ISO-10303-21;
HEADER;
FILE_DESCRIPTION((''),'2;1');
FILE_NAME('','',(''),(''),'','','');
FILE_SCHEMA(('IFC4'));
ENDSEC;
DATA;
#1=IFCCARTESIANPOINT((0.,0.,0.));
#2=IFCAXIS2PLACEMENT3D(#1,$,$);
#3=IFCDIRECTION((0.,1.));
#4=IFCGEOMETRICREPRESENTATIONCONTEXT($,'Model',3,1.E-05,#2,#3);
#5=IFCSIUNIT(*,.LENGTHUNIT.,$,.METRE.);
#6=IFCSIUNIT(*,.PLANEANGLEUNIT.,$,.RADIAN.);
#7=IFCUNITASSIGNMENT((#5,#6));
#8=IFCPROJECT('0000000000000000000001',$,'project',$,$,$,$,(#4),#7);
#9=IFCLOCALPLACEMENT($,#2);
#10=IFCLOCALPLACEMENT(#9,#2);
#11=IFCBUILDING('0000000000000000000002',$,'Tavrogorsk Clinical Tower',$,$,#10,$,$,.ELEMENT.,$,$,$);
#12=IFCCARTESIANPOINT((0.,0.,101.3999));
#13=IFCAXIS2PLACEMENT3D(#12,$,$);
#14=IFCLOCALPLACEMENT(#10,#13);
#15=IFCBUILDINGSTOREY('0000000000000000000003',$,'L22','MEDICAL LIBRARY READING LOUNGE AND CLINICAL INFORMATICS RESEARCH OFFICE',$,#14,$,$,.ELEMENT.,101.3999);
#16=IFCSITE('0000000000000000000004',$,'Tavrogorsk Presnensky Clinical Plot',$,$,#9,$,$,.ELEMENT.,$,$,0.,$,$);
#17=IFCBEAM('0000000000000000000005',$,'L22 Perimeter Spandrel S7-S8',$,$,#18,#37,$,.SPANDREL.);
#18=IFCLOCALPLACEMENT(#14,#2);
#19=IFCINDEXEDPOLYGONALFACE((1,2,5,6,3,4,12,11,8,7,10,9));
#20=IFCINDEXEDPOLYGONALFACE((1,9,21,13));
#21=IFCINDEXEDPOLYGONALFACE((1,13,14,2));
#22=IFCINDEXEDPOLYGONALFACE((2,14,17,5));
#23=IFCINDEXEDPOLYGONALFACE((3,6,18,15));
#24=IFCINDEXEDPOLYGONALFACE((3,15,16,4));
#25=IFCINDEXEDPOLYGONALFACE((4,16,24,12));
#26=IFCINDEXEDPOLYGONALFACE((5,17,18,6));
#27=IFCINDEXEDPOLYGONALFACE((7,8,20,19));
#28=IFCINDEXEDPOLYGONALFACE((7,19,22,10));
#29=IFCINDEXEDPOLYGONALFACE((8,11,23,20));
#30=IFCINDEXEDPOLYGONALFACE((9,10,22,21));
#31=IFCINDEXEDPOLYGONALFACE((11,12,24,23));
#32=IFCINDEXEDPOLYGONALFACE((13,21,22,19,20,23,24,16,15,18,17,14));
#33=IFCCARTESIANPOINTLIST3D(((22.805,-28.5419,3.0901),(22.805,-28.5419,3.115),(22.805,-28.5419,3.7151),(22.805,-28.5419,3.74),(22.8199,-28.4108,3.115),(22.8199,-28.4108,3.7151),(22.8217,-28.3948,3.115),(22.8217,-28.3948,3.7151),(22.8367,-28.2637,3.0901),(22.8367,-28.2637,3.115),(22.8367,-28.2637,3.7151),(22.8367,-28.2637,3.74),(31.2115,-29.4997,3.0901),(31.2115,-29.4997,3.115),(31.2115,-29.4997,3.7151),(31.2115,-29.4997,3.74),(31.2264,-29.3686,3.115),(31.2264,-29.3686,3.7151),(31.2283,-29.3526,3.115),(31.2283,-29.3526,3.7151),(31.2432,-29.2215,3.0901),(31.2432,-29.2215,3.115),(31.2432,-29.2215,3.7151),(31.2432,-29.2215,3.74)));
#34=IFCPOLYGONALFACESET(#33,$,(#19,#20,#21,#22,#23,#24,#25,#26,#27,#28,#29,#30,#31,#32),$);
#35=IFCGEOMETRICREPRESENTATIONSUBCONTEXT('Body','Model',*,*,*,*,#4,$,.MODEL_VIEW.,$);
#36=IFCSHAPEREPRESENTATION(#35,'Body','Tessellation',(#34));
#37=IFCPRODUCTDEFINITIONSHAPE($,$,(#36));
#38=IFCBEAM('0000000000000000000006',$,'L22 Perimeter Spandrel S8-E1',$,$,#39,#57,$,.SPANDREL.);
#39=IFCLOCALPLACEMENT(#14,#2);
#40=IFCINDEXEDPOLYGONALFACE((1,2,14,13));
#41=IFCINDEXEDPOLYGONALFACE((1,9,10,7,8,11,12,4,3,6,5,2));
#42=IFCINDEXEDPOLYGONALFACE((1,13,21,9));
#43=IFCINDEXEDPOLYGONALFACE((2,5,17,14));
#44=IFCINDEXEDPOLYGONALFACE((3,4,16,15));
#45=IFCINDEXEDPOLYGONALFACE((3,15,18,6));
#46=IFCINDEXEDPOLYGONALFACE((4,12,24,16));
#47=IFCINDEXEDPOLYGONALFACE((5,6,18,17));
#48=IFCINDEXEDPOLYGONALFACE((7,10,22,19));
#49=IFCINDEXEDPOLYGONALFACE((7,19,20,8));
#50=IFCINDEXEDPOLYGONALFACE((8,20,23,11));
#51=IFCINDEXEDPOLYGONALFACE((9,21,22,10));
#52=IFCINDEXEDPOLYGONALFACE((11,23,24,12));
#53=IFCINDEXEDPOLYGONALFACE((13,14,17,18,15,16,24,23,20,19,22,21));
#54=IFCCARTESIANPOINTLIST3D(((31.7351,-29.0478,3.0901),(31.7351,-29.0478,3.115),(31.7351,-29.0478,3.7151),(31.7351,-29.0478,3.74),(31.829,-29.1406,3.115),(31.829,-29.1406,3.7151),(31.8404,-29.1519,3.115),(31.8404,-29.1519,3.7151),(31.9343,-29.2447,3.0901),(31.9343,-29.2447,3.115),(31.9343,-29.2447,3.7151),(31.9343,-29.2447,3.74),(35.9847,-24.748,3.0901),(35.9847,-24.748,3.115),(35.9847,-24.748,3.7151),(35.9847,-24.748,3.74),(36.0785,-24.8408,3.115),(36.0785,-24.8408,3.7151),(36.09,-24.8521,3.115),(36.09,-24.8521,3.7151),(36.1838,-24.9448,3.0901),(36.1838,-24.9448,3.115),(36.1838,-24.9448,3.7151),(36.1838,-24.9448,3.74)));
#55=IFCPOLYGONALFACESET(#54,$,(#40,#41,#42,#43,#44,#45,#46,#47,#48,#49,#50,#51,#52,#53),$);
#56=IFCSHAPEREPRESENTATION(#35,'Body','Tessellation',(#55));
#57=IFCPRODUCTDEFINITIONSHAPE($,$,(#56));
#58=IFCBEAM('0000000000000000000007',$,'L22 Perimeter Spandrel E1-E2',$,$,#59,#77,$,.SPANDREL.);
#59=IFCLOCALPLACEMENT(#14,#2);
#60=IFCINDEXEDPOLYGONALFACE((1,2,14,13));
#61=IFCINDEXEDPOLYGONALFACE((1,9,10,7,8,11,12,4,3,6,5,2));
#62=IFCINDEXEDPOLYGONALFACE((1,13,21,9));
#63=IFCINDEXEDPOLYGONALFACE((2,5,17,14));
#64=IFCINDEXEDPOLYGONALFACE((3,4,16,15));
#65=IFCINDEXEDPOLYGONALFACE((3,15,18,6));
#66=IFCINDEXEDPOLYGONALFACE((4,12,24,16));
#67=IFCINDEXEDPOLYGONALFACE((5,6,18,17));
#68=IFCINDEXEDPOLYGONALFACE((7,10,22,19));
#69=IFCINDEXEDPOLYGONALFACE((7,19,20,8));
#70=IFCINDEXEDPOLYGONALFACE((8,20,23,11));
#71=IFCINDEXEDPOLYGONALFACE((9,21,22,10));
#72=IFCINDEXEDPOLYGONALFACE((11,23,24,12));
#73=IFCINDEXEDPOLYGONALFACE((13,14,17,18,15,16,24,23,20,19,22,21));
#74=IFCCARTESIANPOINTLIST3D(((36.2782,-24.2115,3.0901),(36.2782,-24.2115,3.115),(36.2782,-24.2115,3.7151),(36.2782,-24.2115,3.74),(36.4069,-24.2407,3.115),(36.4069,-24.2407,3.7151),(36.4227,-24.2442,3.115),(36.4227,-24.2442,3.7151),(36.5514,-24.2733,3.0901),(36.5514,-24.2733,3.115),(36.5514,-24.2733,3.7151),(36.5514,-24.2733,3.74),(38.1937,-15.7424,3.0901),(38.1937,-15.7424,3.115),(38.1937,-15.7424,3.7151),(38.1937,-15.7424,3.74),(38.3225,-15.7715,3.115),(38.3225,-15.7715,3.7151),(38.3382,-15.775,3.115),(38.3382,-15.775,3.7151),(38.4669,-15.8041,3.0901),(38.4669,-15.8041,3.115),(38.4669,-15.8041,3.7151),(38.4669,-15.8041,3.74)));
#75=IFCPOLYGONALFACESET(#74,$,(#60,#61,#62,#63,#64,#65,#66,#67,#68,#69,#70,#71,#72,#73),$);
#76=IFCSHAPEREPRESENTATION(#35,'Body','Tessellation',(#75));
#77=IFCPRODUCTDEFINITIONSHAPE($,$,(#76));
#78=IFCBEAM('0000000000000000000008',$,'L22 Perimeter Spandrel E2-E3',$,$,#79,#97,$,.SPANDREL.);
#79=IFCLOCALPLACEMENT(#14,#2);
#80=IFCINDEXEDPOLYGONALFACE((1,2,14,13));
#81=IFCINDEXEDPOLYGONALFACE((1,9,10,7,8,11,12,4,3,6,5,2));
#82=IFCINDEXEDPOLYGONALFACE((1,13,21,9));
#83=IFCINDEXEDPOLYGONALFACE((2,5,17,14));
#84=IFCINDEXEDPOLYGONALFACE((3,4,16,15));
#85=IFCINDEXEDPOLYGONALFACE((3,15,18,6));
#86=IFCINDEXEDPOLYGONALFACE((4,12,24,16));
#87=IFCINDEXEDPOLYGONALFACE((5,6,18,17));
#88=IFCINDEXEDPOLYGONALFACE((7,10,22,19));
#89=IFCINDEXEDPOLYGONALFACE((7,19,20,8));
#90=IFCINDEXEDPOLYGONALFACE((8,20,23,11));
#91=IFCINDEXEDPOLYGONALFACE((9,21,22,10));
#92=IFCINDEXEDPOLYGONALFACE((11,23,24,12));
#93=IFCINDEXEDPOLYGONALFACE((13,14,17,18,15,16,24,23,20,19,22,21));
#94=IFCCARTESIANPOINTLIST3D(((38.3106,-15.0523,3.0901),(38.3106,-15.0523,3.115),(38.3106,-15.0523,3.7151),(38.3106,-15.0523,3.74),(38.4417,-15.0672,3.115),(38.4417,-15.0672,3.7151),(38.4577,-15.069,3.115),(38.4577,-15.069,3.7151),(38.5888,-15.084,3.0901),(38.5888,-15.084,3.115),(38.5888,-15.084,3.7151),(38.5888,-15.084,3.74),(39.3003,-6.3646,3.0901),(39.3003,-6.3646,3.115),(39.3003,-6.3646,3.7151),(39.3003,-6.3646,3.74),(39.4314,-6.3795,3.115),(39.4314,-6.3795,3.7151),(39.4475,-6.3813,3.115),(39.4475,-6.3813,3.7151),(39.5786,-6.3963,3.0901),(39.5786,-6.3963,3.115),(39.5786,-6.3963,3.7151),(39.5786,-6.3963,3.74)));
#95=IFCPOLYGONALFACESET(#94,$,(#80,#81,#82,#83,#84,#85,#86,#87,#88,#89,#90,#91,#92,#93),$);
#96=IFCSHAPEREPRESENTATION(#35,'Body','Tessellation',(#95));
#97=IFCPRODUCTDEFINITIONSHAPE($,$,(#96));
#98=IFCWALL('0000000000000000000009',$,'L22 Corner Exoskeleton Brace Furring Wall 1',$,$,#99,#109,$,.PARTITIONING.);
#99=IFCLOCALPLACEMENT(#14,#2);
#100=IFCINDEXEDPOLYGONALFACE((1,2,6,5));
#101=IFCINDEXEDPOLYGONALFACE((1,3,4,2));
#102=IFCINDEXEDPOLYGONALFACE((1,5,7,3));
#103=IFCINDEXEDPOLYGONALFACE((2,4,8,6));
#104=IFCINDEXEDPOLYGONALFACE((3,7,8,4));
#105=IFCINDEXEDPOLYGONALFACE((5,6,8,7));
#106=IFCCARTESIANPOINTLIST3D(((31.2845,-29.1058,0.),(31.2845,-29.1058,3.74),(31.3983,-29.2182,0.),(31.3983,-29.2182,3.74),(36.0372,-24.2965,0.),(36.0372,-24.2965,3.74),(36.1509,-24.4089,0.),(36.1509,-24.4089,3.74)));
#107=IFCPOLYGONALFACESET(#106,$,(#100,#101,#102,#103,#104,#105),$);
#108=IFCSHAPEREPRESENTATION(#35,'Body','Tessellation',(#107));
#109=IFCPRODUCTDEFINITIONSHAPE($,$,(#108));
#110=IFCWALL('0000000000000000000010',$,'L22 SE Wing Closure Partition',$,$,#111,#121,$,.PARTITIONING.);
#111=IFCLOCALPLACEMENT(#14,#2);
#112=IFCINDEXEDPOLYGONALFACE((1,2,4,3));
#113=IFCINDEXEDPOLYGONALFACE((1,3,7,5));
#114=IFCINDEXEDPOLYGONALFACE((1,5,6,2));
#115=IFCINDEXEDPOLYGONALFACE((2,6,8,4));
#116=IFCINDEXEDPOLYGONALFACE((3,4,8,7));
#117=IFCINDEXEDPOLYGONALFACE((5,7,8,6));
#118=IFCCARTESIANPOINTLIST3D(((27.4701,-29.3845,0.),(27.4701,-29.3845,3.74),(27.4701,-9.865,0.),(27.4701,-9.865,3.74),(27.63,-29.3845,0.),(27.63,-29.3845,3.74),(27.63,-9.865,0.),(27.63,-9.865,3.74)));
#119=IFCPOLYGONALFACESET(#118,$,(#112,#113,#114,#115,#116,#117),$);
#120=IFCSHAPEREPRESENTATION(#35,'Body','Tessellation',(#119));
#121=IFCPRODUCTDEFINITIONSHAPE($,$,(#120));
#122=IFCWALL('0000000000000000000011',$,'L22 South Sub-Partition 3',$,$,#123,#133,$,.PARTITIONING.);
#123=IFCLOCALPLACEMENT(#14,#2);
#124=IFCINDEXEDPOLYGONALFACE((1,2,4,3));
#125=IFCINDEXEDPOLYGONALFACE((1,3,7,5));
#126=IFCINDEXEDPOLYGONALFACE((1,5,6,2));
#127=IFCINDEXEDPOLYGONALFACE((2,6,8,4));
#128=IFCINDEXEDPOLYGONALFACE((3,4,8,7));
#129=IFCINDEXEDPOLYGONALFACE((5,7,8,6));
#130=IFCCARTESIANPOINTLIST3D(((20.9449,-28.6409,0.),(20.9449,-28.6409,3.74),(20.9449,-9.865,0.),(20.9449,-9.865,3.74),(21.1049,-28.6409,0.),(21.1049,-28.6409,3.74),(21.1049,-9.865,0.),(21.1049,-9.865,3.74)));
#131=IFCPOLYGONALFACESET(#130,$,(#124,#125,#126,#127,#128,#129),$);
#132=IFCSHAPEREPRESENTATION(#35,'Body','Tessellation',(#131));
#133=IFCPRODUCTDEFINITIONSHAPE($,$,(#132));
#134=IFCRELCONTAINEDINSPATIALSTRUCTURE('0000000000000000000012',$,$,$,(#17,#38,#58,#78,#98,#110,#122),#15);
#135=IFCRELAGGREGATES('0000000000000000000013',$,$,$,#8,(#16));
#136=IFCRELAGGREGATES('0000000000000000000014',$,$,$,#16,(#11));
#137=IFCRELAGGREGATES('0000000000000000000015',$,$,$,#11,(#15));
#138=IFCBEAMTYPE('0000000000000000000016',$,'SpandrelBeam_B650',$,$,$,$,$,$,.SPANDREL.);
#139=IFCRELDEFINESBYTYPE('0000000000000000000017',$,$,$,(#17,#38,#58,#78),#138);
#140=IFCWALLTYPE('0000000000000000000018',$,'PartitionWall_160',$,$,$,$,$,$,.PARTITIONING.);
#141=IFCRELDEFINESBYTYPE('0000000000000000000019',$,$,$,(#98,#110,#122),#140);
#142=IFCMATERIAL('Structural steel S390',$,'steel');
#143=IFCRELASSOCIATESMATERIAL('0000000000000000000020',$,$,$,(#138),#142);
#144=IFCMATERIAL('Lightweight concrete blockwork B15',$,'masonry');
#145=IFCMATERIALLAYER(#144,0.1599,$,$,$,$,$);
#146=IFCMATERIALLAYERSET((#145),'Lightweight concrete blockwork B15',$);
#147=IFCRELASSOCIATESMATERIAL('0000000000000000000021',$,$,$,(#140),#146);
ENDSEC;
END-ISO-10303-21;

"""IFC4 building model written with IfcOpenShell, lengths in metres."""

from ifc_helpers import new_model, si_unit, direction, frame, frame_2d, origin, origin_2d, place, context, subcontext, project, spatial, rectangle, i_section, extrude, material, layer, layer_set, material_profile, profile_set, type_object, element, save


model = new_model("IFC4")

# Units and contexts
model_context = context("Model", 3, precision=1e-05, world=origin(), true_north=direction((0.0, 1.0)))
body_context = subcontext(model_context, "Body", "Model", "MODEL_VIEW")
ifc_project = project(units=[si_unit("LENGTHUNIT", "METRE"), si_unit("PLANEANGLEUNIT", "RADIAN")], contexts=[model_context])

# Site, building, storey
site_placement = place(None, origin())
site = spatial("IfcSite", under=ifc_project, at=site_placement, Name="Tavrogorsk Presnensky Clinical Plot", CompositionType="ELEMENT", RefElevation=0.0)
building_placement = place(site_placement, origin())
building = spatial("IfcBuilding", under=site, at=building_placement, Name="Tavrogorsk Clinical Tower", CompositionType="ELEMENT")
storey_placement = place(building_placement, frame((0.0, 0.0, 101.3999)))
storey = spatial("IfcBuildingStorey", under=building, at=storey_placement, Name="L22", Description="MEDICAL LIBRARY READING LOUNGE AND CLINICAL INFORMATICS RESEARCH OFFICE", CompositionType="ELEMENT", Elevation=101.3999)

# Beams
ifc_material_1 = material(Name="Structural steel S390", Category="steel")
ifc_material_profile_1 = material_profile(ifc_material_1, i_section(OverallWidth=0.28, OverallDepth=0.6499, WebThickness=0.0161, FlangeThickness=0.0249, at=origin_2d()), Name="B-650x280x16x25")
ifc_profile_set_1 = profile_set([ifc_material_profile_1], Name="Structural steel S390")
beam_type_1 = type_object("IfcBeamType", Name="SpandrelBeam_B650", PredefinedType="SPANDREL", material=ifc_profile_set_1)
beam_1_placement = place(storey_placement, frame((22.8208, -28.4028, 3.415), z_axis=(0.993572, -0.113199, 0.0), x_axis=(0.113199, 0.993572, 0.0)))
element("IfcBeam", 1, at=beam_1_placement, inside=storey, type_object=beam_type_1, Name="L22 Perimeter Spandrel S7-S8", PredefinedType="SPANDREL", context=body_context, shape_type="SweptSolid", body=[
    extrude(i_section(OverallWidth=0.28, OverallDepth=0.6499, WebThickness=0.0161, FlangeThickness=0.0249, at=origin_2d()), origin(), (0.0, 0.0, 1.0), 8.4609),
])
beam_2_placement = place(storey_placement, frame((31.8347, -29.1462, 3.415), z_axis=(0.702935, 0.711254, 0.0), x_axis=(-0.711254, 0.702935, 0.0)))
element("IfcBeam", 2, at=beam_2_placement, inside=storey, type_object=beam_type_1, Name="L22 Perimeter Spandrel S8-E1", PredefinedType="SPANDREL", context=body_context, shape_type="SweptSolid", body=[
    extrude(i_section(OverallWidth=0.28, OverallDepth=0.6499, WebThickness=0.0161, FlangeThickness=0.0249, at=origin_2d()), origin(), (0.0, 0.0, 1.0), 6.0454),
])
beam_3_placement = place(storey_placement, frame((36.4148, -24.2424, 3.415), z_axis=(0.220603, 0.975364, 0.0), x_axis=(-0.975364, 0.220603, 0.0)))
element("IfcBeam", 3, at=beam_3_placement, inside=storey, type_object=beam_type_1, Name="L22 Perimeter Spandrel E1-E2", PredefinedType="SPANDREL", context=body_context, shape_type="SweptSolid", body=[
    extrude(i_section(OverallWidth=0.28, OverallDepth=0.6499, WebThickness=0.0161, FlangeThickness=0.0249, at=origin_2d()), origin(), (0.0, 0.0, 1.0), 8.6831),
])
beam_4_placement = place(storey_placement, frame((38.4497, -15.0681, 3.415), z_axis=(0.113192, 0.993573, 0.0), x_axis=(-0.993573, 0.113192, 0.0)))
element("IfcBeam", 4, at=beam_4_placement, inside=storey, type_object=beam_type_1, Name="L22 Perimeter Spandrel E2-E3", PredefinedType="SPANDREL", context=body_context, shape_type="SweptSolid", body=[
    extrude(i_section(OverallWidth=0.28, OverallDepth=0.6499, WebThickness=0.0161, FlangeThickness=0.0249, at=origin_2d()), origin(), (0.0, 0.0, 1.0), 8.7439),
])

# Walls
ifc_material_2 = material(Name="Lightweight concrete blockwork B15", Category="masonry")
ifc_layer_1 = layer(ifc_material_2, 0.1599)
ifc_layer_set_1 = layer_set([ifc_layer_1], Name="Lightweight concrete blockwork B15")
wall_type_1 = type_object("IfcWallType", Name="PartitionWall_160", PredefinedType="PARTITIONING", material=ifc_layer_set_1)
wall_1_placement = place(storey_placement, frame((31.3413, -29.1621, 0.0), z_axis=(0.0, 0.0, 1.0), x_axis=(0.702906, 0.711283, 0.0)))
element("IfcWall", 5, at=wall_1_placement, inside=storey, type_object=wall_type_1, Name="L22 Corner Exoskeleton Brace Furring Wall 1", PredefinedType="PARTITIONING", context=body_context, shape_type="SweptSolid", body=[
    extrude(rectangle(XDim=6.7615, YDim=0.1599, at=frame_2d((3.3809, 0.0))), origin(), (0.0, 0.0, 1.0), 3.74),
])
wall_2_placement = place(storey_placement, frame((27.55, -29.3845, 0.0), z_axis=(0.0, 0.0, 1.0), x_axis=(0.0, 1.0, 0.0)))
element("IfcWall", 6, at=wall_2_placement, inside=storey, type_object=wall_type_1, Name="L22 SE Wing Closure Partition", PredefinedType="PARTITIONING", context=body_context, shape_type="SweptSolid", body=[
    extrude(rectangle(XDim=19.5195, YDim=0.1599, at=frame_2d((9.7598, 0.0))), origin(), (0.0, 0.0, 1.0), 3.74),
])
wall_3_placement = place(storey_placement, frame((21.0249, -28.6409, 0.0), z_axis=(0.0, 0.0, 1.0), x_axis=(0.0, 1.0, 0.0)))
element("IfcWall", 7, at=wall_3_placement, inside=storey, type_object=wall_type_1, Name="L22 South Sub-Partition 3", PredefinedType="PARTITIONING", context=body_context, shape_type="SweptSolid", body=[
    extrude(rectangle(XDim=18.7759, YDim=0.1599, at=frame_2d((9.3879, 0.0))), origin(), (0.0, 0.0, 1.0), 3.74),
])

save(model, "model.ifc")
